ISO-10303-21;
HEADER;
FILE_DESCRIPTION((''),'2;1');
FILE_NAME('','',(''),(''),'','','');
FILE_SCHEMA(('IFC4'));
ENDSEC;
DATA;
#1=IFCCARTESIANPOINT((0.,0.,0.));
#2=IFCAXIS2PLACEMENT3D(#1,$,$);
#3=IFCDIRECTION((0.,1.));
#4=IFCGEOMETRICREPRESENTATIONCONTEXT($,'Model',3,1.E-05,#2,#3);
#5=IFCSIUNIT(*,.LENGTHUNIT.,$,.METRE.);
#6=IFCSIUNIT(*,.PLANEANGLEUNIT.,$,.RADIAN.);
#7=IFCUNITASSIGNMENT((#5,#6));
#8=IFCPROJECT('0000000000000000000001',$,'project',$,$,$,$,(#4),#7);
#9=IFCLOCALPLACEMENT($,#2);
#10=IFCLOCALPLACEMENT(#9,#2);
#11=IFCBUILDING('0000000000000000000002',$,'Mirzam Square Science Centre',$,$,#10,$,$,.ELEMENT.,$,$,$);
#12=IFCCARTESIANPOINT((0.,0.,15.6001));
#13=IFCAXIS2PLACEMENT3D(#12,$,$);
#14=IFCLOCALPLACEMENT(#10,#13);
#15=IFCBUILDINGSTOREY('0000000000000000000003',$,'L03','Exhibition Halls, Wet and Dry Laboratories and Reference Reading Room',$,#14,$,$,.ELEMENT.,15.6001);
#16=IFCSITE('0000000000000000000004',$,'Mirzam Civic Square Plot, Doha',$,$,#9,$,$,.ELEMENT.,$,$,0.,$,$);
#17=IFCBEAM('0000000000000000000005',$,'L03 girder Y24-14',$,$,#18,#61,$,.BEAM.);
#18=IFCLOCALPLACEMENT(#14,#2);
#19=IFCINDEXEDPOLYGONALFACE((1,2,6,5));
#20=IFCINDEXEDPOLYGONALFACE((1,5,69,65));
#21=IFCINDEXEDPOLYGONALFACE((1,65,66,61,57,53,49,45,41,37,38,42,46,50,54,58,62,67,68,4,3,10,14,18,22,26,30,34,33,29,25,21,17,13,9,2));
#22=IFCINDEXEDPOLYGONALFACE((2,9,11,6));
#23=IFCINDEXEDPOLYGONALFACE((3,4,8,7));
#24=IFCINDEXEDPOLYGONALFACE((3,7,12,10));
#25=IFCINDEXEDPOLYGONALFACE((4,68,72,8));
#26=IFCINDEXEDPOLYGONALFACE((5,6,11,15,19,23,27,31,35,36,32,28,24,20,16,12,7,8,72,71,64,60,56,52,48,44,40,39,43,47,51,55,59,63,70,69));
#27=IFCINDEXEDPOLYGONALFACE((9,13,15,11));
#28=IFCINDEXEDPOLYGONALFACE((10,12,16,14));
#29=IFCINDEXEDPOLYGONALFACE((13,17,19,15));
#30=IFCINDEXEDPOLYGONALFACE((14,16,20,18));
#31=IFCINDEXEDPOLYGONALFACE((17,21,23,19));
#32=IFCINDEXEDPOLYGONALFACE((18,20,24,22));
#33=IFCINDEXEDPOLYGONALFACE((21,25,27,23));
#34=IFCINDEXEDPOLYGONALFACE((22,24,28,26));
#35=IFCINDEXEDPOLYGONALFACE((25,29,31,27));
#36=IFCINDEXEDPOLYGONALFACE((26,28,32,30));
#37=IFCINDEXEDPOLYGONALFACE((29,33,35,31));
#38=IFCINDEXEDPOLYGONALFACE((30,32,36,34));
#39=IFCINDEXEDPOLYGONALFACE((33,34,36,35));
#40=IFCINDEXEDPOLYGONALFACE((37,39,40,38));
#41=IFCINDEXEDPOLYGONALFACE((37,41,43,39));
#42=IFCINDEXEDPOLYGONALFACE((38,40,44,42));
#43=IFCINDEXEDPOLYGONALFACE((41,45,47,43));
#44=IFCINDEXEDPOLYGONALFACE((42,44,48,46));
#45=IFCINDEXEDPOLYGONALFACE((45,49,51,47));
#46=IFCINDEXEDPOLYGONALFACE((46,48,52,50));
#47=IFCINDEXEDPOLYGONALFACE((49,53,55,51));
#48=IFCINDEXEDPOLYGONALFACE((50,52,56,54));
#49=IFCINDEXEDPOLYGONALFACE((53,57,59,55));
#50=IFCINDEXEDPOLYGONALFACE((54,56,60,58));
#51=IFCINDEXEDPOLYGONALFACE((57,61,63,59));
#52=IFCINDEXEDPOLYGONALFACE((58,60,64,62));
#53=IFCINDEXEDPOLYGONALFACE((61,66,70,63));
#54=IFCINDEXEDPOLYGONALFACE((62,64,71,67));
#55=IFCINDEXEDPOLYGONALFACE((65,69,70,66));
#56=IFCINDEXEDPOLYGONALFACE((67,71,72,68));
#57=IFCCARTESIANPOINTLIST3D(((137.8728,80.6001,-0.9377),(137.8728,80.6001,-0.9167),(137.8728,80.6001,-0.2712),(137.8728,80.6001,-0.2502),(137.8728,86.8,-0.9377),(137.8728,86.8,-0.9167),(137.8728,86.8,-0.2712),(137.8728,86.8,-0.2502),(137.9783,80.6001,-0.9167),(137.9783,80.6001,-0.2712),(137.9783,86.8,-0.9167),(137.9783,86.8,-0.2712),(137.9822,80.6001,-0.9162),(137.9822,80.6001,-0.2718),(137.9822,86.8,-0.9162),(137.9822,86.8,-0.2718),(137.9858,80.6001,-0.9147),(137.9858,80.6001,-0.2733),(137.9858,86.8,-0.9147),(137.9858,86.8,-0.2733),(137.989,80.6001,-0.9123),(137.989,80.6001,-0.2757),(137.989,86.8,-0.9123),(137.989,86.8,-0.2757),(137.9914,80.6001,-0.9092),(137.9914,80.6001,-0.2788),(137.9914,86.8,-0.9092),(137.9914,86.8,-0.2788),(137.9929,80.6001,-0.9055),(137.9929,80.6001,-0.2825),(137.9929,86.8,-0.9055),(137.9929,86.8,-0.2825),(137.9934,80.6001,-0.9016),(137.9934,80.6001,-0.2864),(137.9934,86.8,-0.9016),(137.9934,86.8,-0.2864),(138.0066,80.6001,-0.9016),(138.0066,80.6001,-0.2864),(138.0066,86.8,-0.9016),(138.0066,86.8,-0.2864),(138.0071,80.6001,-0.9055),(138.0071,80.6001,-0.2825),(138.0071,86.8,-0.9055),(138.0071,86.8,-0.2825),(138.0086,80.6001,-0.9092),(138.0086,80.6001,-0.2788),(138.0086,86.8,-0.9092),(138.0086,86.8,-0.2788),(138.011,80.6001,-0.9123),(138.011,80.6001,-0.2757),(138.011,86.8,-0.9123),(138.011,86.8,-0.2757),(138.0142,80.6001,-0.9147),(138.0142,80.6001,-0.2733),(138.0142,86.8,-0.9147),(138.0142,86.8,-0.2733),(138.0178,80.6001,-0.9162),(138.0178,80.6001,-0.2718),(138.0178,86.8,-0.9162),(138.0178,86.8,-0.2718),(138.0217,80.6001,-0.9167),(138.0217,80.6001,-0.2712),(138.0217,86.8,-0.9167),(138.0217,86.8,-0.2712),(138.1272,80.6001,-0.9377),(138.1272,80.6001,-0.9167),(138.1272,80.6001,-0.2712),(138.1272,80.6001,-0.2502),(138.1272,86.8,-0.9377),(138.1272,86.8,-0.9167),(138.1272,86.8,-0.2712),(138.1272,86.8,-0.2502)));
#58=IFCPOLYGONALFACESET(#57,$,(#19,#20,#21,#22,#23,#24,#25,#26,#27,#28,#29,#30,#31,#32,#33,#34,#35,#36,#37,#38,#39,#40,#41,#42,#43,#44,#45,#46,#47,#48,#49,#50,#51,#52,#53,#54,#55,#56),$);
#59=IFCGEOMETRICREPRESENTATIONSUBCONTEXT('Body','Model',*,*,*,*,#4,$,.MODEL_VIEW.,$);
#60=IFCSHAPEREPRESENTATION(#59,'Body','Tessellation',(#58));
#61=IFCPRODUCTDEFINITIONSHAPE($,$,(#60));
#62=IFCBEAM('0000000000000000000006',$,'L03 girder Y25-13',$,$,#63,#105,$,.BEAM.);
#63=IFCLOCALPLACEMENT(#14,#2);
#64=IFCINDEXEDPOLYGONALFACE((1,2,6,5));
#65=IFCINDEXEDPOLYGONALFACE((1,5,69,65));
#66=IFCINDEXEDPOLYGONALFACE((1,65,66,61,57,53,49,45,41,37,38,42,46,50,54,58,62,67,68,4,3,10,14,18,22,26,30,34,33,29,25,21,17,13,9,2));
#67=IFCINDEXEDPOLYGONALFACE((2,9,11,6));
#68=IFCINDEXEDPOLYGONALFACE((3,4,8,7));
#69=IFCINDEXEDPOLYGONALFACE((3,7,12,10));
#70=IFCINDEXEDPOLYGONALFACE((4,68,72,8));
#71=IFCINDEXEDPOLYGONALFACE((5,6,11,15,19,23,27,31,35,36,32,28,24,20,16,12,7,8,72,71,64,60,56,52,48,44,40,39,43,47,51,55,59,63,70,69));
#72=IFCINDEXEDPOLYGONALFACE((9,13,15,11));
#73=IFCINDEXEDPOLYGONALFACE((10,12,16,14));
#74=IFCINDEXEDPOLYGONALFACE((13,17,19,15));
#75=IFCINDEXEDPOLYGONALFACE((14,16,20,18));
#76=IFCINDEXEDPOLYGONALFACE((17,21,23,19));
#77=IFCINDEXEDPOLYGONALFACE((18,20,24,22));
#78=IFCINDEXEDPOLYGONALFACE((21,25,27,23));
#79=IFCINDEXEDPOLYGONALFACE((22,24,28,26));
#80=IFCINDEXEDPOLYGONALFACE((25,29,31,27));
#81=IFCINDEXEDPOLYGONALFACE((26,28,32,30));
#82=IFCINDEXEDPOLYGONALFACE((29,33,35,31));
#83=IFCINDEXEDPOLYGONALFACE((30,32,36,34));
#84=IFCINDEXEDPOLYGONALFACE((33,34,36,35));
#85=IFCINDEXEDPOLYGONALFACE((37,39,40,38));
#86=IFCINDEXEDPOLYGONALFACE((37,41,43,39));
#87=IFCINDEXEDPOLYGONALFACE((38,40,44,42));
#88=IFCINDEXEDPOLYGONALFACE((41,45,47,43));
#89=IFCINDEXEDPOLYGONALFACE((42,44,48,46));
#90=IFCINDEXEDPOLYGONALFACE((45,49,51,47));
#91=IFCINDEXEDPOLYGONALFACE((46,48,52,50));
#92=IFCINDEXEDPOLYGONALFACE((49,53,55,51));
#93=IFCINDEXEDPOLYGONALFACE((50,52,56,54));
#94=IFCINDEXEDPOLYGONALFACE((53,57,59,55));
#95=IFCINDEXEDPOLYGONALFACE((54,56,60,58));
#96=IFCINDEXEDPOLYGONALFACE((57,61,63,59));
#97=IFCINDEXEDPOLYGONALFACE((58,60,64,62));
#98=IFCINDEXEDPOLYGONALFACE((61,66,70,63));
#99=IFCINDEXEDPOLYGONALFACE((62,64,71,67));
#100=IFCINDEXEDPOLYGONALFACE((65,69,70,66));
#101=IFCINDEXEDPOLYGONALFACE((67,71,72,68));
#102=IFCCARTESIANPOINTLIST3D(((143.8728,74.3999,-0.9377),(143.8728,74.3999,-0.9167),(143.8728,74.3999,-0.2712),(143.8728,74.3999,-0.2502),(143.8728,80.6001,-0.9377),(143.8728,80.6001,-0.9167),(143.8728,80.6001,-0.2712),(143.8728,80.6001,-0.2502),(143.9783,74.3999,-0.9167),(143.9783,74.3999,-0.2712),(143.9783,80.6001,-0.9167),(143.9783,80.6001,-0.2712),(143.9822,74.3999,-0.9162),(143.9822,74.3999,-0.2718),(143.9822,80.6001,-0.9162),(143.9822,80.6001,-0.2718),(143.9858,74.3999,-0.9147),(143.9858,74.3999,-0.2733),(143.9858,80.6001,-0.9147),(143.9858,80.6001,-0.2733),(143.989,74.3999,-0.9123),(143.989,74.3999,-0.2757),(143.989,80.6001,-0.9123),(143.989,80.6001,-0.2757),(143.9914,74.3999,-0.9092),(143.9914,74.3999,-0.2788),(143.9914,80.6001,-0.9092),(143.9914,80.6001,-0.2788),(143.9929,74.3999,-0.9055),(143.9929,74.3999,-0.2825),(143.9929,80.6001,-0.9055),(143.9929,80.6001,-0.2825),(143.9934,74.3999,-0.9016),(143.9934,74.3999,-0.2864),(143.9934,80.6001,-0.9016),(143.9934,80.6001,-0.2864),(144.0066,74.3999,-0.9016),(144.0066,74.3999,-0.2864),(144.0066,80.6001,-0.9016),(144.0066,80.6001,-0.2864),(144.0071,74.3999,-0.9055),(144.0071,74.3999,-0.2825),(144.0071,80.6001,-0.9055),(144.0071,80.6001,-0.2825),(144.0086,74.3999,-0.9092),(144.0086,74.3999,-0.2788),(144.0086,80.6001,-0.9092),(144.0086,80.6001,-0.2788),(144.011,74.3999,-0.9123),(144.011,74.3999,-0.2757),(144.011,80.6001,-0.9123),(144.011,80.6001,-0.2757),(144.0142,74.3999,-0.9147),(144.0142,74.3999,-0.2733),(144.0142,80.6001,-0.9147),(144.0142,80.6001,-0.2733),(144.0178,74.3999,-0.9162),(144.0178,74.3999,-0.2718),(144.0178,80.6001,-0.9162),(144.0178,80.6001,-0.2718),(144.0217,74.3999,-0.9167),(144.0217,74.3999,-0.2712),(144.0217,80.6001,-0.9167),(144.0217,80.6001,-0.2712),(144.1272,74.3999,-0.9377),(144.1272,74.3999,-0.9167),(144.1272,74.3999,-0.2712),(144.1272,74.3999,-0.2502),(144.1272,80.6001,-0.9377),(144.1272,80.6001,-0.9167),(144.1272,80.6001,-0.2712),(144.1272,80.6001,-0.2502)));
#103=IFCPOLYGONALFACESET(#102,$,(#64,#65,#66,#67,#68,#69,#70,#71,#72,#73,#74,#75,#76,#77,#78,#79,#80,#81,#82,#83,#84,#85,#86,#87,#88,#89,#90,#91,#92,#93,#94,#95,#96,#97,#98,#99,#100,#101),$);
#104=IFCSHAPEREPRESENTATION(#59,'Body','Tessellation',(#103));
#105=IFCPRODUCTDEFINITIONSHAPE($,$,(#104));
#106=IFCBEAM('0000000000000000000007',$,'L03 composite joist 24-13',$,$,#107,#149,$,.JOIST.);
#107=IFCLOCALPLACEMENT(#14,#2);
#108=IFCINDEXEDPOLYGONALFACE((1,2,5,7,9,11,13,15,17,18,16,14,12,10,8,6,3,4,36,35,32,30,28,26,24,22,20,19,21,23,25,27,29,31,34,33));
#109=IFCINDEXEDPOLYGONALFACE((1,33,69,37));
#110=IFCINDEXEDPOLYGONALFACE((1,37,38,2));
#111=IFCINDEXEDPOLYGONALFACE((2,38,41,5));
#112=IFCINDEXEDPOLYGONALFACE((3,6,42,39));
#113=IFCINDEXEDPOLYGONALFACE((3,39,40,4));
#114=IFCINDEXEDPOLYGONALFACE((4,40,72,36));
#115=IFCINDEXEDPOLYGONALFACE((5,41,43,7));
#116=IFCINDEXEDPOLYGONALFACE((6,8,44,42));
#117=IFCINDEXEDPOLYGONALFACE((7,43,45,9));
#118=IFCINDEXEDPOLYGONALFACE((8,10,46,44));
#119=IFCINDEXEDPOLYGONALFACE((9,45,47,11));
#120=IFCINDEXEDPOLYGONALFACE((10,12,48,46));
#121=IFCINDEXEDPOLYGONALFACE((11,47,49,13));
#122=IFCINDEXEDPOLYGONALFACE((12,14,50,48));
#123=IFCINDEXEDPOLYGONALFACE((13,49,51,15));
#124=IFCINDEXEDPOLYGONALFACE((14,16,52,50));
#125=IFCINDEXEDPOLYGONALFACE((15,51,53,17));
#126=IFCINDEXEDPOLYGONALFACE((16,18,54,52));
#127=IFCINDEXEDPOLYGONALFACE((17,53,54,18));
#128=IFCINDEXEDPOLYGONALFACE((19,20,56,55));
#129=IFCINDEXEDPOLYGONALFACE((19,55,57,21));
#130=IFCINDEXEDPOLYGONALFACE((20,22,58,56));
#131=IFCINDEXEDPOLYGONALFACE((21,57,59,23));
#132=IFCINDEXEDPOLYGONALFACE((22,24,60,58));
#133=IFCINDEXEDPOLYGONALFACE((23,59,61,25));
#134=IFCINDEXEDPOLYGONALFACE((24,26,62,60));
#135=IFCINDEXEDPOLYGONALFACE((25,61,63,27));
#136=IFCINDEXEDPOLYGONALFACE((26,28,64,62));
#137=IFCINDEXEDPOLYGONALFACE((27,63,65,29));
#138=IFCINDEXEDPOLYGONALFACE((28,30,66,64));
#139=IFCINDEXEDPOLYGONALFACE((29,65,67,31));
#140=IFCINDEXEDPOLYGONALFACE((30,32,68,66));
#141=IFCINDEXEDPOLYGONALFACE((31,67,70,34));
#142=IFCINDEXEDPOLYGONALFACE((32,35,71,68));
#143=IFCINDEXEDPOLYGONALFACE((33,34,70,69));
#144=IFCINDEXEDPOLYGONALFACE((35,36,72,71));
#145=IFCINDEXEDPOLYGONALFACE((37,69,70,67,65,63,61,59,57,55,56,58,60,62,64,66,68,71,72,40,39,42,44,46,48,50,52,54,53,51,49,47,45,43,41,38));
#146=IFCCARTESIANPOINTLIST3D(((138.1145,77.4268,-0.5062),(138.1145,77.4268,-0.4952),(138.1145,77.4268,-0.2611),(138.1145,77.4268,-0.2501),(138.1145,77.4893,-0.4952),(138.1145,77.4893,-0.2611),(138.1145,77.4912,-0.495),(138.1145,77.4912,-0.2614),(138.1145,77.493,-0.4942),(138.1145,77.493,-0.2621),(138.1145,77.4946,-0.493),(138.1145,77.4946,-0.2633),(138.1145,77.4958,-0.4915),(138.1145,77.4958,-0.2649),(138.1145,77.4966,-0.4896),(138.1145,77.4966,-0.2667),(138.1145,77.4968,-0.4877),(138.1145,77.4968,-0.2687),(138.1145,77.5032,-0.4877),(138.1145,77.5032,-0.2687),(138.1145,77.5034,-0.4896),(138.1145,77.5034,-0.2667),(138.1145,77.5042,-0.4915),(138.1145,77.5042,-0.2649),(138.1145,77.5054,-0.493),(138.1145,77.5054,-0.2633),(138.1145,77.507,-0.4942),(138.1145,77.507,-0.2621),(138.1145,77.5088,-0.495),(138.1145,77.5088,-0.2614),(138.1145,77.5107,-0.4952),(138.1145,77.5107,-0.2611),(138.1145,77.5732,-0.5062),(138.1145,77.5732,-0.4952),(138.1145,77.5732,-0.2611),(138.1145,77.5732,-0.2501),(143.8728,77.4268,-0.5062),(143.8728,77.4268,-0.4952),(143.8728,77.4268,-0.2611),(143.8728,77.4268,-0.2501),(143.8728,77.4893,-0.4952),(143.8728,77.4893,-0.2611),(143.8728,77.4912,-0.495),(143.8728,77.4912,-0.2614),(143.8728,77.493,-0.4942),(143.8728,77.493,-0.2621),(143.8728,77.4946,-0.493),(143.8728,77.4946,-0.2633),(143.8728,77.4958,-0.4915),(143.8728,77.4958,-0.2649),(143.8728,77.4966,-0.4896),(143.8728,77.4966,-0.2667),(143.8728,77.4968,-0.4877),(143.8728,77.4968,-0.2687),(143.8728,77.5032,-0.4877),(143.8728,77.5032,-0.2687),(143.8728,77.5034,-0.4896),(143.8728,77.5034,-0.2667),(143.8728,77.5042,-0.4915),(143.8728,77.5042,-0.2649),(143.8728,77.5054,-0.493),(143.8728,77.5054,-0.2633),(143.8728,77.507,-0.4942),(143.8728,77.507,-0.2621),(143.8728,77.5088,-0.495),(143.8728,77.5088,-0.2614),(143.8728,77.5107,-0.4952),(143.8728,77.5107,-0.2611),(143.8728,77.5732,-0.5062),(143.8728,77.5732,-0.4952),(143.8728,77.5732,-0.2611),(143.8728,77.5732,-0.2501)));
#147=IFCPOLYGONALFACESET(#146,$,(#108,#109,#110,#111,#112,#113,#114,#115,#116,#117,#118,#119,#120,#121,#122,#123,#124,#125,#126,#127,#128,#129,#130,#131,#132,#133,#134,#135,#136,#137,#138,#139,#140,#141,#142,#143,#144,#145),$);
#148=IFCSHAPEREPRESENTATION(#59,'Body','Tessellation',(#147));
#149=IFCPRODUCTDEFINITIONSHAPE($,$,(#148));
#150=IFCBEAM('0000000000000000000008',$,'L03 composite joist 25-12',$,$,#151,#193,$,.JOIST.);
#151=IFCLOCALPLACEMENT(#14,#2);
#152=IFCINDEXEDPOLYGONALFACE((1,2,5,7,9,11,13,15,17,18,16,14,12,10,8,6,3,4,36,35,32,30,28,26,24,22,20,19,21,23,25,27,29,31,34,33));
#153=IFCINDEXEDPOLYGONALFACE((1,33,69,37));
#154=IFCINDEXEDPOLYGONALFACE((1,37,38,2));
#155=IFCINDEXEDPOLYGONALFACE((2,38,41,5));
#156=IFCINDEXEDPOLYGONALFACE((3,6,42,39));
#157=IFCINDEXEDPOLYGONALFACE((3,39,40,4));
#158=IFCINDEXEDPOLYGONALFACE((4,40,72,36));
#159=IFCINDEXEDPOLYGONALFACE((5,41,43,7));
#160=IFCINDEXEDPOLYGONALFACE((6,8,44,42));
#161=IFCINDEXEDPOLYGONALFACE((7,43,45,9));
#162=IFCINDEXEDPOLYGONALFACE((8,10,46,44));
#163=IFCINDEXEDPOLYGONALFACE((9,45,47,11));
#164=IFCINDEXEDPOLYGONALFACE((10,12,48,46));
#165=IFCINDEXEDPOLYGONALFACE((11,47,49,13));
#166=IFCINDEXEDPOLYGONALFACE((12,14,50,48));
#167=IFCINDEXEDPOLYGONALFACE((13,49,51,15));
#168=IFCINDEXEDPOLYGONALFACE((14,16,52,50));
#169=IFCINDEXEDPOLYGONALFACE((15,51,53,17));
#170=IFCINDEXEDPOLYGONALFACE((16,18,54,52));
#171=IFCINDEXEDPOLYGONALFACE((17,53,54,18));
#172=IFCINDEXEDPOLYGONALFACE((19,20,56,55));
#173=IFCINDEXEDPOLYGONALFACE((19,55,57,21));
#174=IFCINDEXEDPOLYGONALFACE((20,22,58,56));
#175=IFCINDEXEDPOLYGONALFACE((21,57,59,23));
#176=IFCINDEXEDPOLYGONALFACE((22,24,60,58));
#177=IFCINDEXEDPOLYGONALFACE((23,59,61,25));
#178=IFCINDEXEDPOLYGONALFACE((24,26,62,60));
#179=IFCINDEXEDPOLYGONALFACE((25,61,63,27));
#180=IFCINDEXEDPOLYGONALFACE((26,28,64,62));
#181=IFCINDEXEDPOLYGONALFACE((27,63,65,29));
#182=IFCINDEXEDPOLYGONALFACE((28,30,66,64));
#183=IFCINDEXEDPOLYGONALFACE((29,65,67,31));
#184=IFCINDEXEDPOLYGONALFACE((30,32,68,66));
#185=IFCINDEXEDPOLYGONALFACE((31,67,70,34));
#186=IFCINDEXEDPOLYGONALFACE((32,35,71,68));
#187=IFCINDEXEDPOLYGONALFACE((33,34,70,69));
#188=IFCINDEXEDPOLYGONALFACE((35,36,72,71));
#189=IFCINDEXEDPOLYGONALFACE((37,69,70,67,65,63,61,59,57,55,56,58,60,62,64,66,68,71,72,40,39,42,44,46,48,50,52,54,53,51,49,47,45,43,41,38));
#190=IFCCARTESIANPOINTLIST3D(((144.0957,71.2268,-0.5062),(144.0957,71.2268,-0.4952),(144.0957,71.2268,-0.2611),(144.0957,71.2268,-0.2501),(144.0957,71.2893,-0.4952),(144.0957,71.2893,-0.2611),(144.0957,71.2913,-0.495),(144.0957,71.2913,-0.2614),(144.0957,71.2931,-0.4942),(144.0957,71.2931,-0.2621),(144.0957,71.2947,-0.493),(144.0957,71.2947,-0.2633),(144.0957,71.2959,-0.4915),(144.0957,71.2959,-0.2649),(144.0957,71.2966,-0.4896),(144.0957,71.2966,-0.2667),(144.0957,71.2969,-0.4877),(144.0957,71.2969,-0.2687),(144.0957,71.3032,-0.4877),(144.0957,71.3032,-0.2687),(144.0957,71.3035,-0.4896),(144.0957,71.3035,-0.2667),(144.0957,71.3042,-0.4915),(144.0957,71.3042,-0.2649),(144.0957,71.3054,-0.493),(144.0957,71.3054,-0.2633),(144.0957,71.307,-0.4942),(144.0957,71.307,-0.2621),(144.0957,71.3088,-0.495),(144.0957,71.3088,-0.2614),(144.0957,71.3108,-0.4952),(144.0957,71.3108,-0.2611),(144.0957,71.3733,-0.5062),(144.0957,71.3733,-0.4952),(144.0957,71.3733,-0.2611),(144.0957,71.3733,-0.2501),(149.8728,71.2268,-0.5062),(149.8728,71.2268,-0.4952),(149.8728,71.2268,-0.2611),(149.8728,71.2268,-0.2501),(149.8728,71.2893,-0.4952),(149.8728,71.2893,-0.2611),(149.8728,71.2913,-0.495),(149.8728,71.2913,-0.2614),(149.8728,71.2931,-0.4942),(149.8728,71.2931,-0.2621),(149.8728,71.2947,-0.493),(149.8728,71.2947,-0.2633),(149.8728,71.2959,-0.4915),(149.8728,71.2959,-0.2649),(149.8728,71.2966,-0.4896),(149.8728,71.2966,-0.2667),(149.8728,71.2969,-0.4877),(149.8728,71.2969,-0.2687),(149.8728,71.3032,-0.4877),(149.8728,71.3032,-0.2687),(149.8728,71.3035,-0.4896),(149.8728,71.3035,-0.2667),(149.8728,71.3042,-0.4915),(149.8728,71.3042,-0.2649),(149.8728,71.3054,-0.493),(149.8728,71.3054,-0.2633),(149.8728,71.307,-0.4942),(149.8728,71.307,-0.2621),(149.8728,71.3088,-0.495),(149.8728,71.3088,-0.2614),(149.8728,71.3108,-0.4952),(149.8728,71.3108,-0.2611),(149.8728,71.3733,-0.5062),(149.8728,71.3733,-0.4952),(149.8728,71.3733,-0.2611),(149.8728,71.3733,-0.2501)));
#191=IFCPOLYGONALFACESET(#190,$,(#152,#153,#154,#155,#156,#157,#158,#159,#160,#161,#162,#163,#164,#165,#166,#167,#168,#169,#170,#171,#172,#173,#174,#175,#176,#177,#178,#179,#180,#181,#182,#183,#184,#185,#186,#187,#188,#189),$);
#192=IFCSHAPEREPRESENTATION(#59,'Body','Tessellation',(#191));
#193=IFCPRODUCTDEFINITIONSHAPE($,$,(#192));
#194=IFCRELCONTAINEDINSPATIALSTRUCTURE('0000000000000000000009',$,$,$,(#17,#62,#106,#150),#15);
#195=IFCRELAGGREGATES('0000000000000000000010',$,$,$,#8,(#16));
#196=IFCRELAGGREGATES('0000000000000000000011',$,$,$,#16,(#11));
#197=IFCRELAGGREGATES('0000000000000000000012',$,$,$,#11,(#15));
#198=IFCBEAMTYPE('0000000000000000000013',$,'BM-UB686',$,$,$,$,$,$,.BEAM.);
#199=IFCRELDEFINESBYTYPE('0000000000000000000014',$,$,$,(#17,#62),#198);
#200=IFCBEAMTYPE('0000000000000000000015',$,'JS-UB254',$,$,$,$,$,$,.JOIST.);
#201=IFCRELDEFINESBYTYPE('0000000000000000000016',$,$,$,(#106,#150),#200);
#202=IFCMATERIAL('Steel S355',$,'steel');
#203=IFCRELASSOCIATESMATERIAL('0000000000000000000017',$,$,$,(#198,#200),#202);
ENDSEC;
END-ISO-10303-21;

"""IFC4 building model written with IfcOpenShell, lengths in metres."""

from ifc_helpers import new_model, si_unit, direction, frame, origin, origin_2d, place, context, subcontext, project, spatial, i_section, extrude, material, material_profile, profile_set, type_object, element, save


model = new_model("IFC4")

# Units and contexts
model_context = context("Model", 3, precision=1e-05, world=origin(), true_north=direction((0.0, 1.0)))
body_context = subcontext(model_context, "Body", "Model", "MODEL_VIEW")
ifc_project = project(units=[si_unit("LENGTHUNIT", "METRE"), si_unit("PLANEANGLEUNIT", "RADIAN")], contexts=[model_context])

# Site, building, storey
site_placement = place(None, origin())
site = spatial("IfcSite", under=ifc_project, at=site_placement, Name="Mirzam Civic Square Plot, Doha", CompositionType="ELEMENT", RefElevation=0.0)
building_placement = place(site_placement, origin())
building = spatial("IfcBuilding", under=site, at=building_placement, Name="Mirzam Square Science Centre", CompositionType="ELEMENT")
storey_placement = place(building_placement, frame((0.0, 0.0, 15.6001)))
storey = spatial("IfcBuildingStorey", under=building, at=storey_placement, Name="L03", Description="Exhibition Halls, Wet and Dry Laboratories and Reference Reading Room", CompositionType="ELEMENT", Elevation=15.6001)

# Shared definitions
ifc_material_1 = material(Name="Steel S355", Category="steel")

# Beams
ifc_material_profile_1 = material_profile(ifc_material_1, i_section(OverallWidth=0.2544, OverallDepth=0.6875, WebThickness=0.0132, FlangeThickness=0.021, FilletRadius=0.0151, at=origin_2d()), Name="686x254x152UB")
ifc_profile_set_1 = profile_set([ifc_material_profile_1], Name="Steel S355")
beam_type_1 = type_object("IfcBeamType", Name="BM-UB686", PredefinedType="BEAM", material=ifc_profile_set_1)
beam_1_placement = place(storey_placement, frame((138.0, 80.6001, -0.594), z_axis=(0.0, 1.0, 0.0), x_axis=(-1.0, 0.0, 0.0)))
element("IfcBeam", 1, at=beam_1_placement, inside=storey, type_object=beam_type_1, Name="L03 girder Y24-14", PredefinedType="BEAM", context=body_context, shape_type="SweptSolid", body=[
    extrude(i_section(OverallWidth=0.2544, OverallDepth=0.6875, WebThickness=0.0132, FlangeThickness=0.021, FilletRadius=0.0151, at=origin_2d()), origin(), (0.0, 0.0, 1.0), 6.2),
])
beam_2_placement = place(storey_placement, frame((144.0, 74.3999, -0.594), z_axis=(0.0, 1.0, 0.0), x_axis=(-1.0, 0.0, 0.0)))
element("IfcBeam", 2, at=beam_2_placement, inside=storey, type_object=beam_type_1, Name="L03 girder Y25-13", PredefinedType="BEAM", context=body_context, shape_type="SweptSolid", body=[
    extrude(i_section(OverallWidth=0.2544, OverallDepth=0.6875, WebThickness=0.0132, FlangeThickness=0.021, FilletRadius=0.0151, at=origin_2d()), origin(), (0.0, 0.0, 1.0), 6.2002),
])
ifc_material_profile_2 = material_profile(ifc_material_1, i_section(OverallWidth=0.1465, OverallDepth=0.2561, WebThickness=0.0063, FlangeThickness=0.011, FilletRadius=0.0076, at=origin_2d()), Name="254x146x37UB")
ifc_profile_set_2 = profile_set([ifc_material_profile_2], Name="Steel S355")
beam_type_2 = type_object("IfcBeamType", Name="JS-UB254", PredefinedType="JOIST", material=ifc_profile_set_2)
beam_3_placement = place(storey_placement, frame((138.1145, 77.5, -0.3782), z_axis=(1.0, 0.0, 0.0), x_axis=(0.0, 1.0, 0.0)))
element("IfcBeam", 3, at=beam_3_placement, inside=storey, type_object=beam_type_2, Name="L03 composite joist 24-13", PredefinedType="JOIST", context=body_context, shape_type="SweptSolid", body=[
    extrude(i_section(OverallWidth=0.1465, OverallDepth=0.2561, WebThickness=0.0063, FlangeThickness=0.011, FilletRadius=0.0076, at=origin_2d()), origin(), (0.0, 0.0, 1.0), 5.7583),
])
beam_4_placement = place(storey_placement, frame((144.0957, 71.3, -0.3782), z_axis=(1.0, 0.0, 0.0), x_axis=(0.0, 1.0, 0.0)))
element("IfcBeam", 4, at=beam_4_placement, inside=storey, type_object=beam_type_2, Name="L03 composite joist 25-12", PredefinedType="JOIST", context=body_context, shape_type="SweptSolid", body=[
    extrude(i_section(OverallWidth=0.1465, OverallDepth=0.2561, WebThickness=0.0063, FlangeThickness=0.011, FilletRadius=0.0076, at=origin_2d()), origin(), (0.0, 0.0, 1.0), 5.7771),
])

save(model, "model.ifc")
